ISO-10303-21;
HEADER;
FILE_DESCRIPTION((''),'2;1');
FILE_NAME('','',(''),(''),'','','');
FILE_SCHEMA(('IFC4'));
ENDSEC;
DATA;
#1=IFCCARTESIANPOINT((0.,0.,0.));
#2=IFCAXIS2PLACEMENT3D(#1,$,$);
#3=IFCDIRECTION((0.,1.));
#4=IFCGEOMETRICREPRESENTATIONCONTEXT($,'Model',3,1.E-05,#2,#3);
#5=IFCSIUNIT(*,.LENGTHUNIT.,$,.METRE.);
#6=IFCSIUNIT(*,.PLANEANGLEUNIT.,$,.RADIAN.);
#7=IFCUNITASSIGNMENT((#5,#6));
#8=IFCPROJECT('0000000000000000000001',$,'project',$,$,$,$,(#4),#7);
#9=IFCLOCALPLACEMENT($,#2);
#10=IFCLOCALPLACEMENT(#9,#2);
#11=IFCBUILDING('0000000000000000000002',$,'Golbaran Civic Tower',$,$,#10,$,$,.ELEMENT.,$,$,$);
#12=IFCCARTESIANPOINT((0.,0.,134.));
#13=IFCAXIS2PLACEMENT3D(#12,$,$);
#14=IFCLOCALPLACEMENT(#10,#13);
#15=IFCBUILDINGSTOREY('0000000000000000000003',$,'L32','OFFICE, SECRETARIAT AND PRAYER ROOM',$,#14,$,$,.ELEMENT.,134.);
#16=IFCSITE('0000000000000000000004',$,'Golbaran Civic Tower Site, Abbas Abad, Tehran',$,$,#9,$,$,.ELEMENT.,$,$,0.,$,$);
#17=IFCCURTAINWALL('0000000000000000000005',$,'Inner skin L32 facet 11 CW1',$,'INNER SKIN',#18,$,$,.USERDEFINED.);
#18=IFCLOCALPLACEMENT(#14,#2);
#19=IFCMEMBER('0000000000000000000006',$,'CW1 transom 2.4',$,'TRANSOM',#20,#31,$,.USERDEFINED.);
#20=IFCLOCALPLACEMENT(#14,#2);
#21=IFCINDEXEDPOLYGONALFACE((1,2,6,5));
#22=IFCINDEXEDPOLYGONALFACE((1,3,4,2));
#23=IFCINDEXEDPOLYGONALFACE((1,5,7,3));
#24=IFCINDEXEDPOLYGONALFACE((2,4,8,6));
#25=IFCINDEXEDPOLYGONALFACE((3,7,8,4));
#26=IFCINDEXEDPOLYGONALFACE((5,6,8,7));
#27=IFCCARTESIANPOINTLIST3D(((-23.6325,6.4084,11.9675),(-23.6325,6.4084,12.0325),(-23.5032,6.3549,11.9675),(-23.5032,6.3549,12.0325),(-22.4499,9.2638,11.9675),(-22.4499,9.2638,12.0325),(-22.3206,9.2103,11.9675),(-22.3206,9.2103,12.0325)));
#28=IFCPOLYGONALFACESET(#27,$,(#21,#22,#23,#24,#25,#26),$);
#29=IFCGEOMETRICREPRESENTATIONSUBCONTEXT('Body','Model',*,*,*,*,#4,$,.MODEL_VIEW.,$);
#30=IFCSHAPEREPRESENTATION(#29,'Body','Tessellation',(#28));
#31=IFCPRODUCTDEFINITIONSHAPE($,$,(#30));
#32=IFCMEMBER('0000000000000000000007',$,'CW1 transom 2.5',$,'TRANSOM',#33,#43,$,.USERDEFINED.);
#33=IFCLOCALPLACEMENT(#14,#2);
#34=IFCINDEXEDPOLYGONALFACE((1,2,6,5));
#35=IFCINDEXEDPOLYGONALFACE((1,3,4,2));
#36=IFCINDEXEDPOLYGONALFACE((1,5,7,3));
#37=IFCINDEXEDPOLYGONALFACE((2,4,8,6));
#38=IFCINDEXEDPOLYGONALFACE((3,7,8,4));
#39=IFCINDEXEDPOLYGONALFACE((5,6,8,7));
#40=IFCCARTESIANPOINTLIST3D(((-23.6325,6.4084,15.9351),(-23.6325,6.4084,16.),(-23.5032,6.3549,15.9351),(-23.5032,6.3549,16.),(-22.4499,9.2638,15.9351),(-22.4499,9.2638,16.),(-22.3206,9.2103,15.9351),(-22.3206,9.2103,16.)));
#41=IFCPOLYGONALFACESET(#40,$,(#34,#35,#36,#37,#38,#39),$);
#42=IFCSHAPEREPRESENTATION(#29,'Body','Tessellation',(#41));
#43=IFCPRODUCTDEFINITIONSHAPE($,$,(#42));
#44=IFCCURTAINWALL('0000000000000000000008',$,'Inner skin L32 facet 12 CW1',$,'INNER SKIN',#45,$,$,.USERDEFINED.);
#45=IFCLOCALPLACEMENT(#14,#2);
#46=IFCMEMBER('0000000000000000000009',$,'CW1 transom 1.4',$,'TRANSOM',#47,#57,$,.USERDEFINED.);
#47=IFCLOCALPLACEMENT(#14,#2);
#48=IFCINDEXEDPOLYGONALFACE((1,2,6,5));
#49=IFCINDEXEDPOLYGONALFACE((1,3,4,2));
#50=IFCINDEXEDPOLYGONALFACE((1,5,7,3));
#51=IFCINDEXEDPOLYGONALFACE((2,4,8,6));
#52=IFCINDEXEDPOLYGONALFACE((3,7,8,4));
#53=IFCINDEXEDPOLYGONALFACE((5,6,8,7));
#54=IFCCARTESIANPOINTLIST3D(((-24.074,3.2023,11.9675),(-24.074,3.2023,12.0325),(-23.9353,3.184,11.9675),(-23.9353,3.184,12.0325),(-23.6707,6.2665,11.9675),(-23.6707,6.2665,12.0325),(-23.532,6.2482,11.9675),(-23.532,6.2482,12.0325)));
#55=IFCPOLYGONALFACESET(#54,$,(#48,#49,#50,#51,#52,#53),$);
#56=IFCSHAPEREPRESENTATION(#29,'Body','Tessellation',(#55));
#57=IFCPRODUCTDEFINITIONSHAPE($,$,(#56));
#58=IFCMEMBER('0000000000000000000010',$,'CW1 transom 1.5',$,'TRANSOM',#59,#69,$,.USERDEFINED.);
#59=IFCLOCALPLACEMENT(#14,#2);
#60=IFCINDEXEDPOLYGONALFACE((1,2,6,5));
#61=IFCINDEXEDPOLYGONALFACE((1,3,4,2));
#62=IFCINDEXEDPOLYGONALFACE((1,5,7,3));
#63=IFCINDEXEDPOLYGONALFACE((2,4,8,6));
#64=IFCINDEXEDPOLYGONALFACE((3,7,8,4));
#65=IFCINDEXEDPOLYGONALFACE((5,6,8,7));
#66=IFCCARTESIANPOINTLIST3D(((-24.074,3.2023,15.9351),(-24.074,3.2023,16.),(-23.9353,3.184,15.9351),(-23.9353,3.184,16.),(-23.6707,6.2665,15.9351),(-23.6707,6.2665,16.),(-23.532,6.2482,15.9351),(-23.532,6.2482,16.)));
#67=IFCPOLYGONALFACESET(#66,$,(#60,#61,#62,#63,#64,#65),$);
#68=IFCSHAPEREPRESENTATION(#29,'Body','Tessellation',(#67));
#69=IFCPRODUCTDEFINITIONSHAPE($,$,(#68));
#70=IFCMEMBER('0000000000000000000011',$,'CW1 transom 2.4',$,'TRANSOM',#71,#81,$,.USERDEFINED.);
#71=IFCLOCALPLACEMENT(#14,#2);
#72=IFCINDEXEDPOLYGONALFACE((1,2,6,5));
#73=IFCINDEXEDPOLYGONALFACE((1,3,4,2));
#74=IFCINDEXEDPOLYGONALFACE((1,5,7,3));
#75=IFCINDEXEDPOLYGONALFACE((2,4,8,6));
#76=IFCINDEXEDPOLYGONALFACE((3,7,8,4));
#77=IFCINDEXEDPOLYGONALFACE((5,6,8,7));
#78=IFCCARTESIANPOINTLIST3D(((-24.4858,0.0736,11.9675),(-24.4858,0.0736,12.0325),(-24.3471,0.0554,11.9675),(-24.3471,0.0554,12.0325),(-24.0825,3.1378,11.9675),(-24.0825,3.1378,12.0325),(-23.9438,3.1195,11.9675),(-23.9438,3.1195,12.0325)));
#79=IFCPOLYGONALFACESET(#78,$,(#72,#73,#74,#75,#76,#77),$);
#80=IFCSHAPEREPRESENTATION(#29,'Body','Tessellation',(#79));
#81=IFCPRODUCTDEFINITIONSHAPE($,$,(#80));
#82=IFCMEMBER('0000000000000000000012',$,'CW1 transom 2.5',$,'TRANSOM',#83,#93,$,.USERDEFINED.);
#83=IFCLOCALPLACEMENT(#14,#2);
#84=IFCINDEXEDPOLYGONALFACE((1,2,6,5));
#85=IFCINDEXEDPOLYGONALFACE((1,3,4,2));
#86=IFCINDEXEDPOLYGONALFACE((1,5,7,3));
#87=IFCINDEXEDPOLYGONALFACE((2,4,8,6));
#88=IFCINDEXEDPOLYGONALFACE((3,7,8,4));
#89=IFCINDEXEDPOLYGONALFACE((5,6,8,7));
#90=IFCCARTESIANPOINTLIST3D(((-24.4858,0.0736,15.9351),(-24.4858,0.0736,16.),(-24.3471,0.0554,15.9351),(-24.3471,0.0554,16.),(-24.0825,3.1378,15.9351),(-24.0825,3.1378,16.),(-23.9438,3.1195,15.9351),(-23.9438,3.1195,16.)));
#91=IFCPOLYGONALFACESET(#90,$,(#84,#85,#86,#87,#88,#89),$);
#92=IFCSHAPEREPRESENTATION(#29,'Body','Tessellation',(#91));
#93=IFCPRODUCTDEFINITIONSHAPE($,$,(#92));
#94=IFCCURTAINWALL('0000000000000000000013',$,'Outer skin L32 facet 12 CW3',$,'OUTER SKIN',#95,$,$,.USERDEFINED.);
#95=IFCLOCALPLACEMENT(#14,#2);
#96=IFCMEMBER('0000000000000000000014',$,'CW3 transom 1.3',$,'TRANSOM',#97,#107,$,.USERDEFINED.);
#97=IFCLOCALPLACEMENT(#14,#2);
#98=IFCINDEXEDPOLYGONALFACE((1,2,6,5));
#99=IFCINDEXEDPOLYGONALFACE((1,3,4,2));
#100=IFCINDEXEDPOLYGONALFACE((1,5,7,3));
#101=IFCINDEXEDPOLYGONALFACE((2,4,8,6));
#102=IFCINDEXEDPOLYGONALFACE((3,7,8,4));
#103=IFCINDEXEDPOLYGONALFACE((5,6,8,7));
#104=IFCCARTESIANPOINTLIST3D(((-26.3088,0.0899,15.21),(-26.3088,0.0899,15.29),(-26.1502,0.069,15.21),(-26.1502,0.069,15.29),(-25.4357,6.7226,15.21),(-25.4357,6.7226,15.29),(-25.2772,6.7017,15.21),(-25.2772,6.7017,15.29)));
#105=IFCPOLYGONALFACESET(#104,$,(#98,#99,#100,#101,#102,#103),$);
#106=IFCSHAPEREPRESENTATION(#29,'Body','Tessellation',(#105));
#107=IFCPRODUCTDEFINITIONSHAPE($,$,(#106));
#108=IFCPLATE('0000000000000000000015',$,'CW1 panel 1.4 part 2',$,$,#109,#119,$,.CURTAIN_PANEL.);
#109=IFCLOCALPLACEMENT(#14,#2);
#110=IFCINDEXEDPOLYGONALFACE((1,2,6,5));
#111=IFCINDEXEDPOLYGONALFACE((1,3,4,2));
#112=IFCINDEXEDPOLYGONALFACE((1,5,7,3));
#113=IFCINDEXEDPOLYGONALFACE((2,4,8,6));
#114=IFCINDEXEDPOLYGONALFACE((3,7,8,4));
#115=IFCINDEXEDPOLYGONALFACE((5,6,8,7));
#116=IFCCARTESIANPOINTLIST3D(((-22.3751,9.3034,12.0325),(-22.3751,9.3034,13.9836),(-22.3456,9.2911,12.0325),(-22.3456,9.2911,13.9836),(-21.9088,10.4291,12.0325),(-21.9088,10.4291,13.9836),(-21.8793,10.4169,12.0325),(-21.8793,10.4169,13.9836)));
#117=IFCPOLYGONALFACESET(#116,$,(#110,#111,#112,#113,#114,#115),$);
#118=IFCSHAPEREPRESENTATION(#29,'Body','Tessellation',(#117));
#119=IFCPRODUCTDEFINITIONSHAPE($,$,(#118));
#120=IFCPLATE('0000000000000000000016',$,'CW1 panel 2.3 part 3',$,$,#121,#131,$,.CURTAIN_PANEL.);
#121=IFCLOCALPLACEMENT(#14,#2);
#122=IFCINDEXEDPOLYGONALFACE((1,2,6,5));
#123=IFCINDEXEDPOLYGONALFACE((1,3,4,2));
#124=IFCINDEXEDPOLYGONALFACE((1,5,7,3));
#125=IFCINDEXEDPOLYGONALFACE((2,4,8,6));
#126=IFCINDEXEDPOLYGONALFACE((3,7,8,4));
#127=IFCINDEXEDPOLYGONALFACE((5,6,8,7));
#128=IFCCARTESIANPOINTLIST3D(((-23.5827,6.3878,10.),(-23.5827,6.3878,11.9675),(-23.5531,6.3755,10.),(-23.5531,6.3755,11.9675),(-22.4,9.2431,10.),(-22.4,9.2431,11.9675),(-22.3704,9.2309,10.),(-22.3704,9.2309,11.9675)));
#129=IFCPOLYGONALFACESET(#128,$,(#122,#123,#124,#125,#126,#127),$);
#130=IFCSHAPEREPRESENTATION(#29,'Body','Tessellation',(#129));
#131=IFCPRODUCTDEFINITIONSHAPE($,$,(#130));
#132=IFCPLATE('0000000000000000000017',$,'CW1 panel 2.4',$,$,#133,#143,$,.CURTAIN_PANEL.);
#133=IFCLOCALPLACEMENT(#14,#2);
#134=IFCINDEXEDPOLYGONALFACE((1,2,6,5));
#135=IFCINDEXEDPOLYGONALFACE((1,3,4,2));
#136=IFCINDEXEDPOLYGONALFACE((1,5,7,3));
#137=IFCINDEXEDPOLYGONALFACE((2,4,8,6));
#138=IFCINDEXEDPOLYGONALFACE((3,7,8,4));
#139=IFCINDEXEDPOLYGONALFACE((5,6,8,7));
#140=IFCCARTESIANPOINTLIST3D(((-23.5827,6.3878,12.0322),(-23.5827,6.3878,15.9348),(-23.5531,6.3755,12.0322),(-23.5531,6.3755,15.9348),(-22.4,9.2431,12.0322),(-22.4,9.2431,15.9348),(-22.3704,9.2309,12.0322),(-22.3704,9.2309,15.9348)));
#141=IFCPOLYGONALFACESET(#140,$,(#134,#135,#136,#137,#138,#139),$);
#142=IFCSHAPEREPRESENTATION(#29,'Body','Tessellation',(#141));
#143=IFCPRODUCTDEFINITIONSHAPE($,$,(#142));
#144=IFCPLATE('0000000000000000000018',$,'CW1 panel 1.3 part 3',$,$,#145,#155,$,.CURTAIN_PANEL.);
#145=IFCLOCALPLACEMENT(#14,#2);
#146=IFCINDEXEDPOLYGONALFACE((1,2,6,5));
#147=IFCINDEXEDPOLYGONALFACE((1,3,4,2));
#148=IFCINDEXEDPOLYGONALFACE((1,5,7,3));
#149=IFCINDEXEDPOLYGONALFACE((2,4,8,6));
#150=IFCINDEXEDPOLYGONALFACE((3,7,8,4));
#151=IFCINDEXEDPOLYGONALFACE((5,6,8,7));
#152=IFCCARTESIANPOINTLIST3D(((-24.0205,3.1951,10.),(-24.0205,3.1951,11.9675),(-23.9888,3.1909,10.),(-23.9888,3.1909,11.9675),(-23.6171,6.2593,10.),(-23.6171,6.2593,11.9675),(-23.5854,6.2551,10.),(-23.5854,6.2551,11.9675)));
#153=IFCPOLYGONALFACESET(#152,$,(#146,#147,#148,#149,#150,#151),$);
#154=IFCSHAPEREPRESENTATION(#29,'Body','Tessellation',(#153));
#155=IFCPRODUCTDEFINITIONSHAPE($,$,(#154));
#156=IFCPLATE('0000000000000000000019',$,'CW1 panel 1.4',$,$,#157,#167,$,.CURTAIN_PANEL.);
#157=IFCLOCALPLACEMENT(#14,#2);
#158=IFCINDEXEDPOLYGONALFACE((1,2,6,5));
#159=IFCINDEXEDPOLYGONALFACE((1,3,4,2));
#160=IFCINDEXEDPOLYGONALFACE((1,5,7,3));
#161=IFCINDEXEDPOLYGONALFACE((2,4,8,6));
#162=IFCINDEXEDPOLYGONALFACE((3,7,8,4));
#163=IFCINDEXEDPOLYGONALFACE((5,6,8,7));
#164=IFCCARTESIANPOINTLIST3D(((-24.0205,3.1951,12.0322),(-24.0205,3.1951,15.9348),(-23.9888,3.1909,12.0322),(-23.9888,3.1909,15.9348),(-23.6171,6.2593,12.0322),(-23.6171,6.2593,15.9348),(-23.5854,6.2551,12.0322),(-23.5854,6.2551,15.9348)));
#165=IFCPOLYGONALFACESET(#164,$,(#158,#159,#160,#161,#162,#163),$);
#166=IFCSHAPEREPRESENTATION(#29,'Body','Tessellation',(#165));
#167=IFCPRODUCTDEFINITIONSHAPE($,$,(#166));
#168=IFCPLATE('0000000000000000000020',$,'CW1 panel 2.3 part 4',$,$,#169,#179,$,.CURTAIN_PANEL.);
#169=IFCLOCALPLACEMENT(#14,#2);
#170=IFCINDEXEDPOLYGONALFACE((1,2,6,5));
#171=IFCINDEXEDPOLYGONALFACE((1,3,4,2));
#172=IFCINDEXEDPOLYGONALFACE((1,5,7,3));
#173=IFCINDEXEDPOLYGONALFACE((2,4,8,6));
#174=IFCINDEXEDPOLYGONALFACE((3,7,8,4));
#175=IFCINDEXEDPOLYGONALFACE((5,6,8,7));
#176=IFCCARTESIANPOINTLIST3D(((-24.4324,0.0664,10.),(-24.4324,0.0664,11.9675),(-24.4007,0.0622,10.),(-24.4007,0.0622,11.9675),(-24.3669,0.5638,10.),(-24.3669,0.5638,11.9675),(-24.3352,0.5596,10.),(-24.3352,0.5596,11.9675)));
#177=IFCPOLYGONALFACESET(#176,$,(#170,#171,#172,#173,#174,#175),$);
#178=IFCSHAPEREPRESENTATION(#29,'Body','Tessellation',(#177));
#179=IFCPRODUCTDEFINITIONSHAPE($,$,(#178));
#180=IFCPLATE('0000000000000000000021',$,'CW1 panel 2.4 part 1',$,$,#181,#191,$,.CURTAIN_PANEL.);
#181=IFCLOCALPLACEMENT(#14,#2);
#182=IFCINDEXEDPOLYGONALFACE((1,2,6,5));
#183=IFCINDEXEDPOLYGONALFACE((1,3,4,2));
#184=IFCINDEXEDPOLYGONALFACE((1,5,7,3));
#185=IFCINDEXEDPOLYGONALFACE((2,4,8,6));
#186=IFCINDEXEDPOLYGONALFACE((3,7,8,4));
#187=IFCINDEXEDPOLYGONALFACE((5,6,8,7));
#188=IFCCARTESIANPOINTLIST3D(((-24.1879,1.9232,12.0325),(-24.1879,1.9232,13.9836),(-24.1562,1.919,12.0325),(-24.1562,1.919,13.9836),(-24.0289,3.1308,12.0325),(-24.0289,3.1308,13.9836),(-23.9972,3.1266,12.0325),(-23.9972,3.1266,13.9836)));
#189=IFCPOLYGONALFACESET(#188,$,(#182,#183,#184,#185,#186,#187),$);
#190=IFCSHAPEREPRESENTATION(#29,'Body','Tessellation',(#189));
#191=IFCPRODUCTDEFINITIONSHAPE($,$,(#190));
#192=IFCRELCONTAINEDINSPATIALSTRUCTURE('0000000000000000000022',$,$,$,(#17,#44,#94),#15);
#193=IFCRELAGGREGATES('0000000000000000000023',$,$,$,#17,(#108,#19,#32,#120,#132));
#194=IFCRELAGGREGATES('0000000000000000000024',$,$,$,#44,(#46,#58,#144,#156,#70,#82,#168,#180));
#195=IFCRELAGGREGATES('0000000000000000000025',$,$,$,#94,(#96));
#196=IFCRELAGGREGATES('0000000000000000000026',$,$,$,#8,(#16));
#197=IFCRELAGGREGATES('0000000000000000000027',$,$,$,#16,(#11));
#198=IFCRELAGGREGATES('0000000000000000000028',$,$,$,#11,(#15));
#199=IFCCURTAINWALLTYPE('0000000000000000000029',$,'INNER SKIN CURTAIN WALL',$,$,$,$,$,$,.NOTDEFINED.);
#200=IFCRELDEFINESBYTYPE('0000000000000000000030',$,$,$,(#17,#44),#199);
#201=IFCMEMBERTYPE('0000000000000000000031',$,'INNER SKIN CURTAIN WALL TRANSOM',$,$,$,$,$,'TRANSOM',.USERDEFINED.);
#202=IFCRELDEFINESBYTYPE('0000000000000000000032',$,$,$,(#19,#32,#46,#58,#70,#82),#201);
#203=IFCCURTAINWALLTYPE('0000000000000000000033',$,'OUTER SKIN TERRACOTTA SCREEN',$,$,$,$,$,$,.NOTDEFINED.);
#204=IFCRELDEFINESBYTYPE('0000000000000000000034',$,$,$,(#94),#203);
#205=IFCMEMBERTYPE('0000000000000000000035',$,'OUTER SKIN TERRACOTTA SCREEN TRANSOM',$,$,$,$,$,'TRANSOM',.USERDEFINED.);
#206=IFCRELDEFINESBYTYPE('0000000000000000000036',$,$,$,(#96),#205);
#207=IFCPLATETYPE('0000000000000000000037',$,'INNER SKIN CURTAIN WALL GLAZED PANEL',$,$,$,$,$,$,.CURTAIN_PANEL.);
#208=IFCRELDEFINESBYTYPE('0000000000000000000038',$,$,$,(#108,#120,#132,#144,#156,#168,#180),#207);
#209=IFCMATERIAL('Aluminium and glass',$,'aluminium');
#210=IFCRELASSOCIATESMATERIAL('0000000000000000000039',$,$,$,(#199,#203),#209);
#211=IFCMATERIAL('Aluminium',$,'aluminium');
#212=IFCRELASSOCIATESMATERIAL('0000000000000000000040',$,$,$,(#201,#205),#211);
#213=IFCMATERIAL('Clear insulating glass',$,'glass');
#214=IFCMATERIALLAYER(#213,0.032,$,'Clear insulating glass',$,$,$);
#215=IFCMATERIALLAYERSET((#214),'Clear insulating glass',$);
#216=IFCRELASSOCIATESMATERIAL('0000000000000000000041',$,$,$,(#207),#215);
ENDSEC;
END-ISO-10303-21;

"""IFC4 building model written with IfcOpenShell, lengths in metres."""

from ifc_helpers import new_model, si_unit, direction, frame, origin, origin_2d, place, context, subcontext, project, spatial, rectangle, extrude, material, layer, layer_set, material_profile, profile_set, type_object, element, aggregate, save


model = new_model("IFC4")

# Units and contexts
model_context = context("Model", 3, precision=1e-05, world=origin(), true_north=direction((0.0, 1.0)))
body_context = subcontext(model_context, "Body", "Model", "MODEL_VIEW")
ifc_project = project(units=[si_unit("LENGTHUNIT", "METRE"), si_unit("PLANEANGLEUNIT", "RADIAN")], contexts=[model_context])

# Site, building, storey
site_placement = place(None, origin())
site = spatial("IfcSite", under=ifc_project, at=site_placement, Name="Golbaran Civic Tower Site, Abbas Abad, Tehran", CompositionType="ELEMENT", RefElevation=0.0)
building_placement = place(site_placement, origin())
building = spatial("IfcBuilding", under=site, at=building_placement, Name="Golbaran Civic Tower", CompositionType="ELEMENT")
storey_placement = place(building_placement, frame((0.0, 0.0, 134.0)))
storey = spatial("IfcBuildingStorey", under=building, at=storey_placement, Name="L32", Description="OFFICE, SECRETARIAT AND PRAYER ROOM", CompositionType="ELEMENT", Elevation=134.0)

# Curtain walls, members
ifc_material_1 = material(Name="Aluminium and glass", Category="aluminium")
curtain_wall_type_1 = type_object("IfcCurtainWallType", Name="INNER SKIN CURTAIN WALL", PredefinedType="NOTDEFINED", material=ifc_material_1)
curtain_wall_1_placement = place(storey_placement, origin())
curtain_wall_1 = element("IfcCurtainWall", 1, at=curtain_wall_1_placement, inside=storey, type_object=curtain_wall_type_1, Name="Inner skin L32 facet 11 CW1", ObjectType="INNER SKIN", PredefinedType="USERDEFINED")
ifc_material_2 = material(Name="Aluminium", Category="aluminium")
ifc_material_profile_1 = material_profile(ifc_material_2, rectangle(XDim=0.1399, YDim=0.0649, at=origin_2d()), Name="INNER SKIN CURTAIN WALL TRANSOM")
ifc_profile_set_1 = profile_set([ifc_material_profile_1], Name="Aluminium")
member_type_1 = type_object("IfcMemberType", Name="INNER SKIN CURTAIN WALL TRANSOM", ElementType="TRANSOM", PredefinedType="USERDEFINED", material=ifc_profile_set_1)
member_1_placement = place(storey_placement, frame((-22.3853, 9.2371, 12.0), z_axis=(-0.38264, -0.923897, 0.0), x_axis=(0.923897, -0.38264, 0.0)))
member_1 = element("IfcMember", 2, at=member_1_placement, type_object=member_type_1, Name="CW1 transom 2.4", ObjectType="TRANSOM", PredefinedType="USERDEFINED", context=body_context, shape_type="SweptSolid", body=[
    extrude(rectangle(XDim=0.1399, YDim=0.0649, at=origin_2d()), origin(), (0.0, 0.0, 1.0), 3.0906),
])
member_2_placement = place(storey_placement, frame((-22.3853, 9.2371, 15.9675), z_axis=(-0.38264, -0.923897, 0.0), x_axis=(0.923897, -0.38264, 0.0)))
member_2 = element("IfcMember", 3, at=member_2_placement, type_object=member_type_1, Name="CW1 transom 2.5", ObjectType="TRANSOM", PredefinedType="USERDEFINED", context=body_context, shape_type="SweptSolid", body=[
    extrude(rectangle(XDim=0.1399, YDim=0.0649, at=origin_2d()), origin(), (0.0, 0.0, 1.0), 3.0906),
])
curtain_wall_2_placement = place(storey_placement, origin())
curtain_wall_2 = element("IfcCurtainWall", 4, at=curtain_wall_2_placement, inside=storey, type_object=curtain_wall_type_1, Name="Inner skin L32 facet 12 CW1", ObjectType="INNER SKIN", PredefinedType="USERDEFINED")
member_3_placement = place(storey_placement, frame((-23.6013, 6.2573, 12.0), z_axis=(-0.130497, -0.991449, 0.0), x_axis=(0.991449, -0.130497, 0.0)))
member_3 = element("IfcMember", 5, at=member_3_placement, type_object=member_type_1, Name="CW1 transom 1.4", ObjectType="TRANSOM", PredefinedType="USERDEFINED", context=body_context, shape_type="SweptSolid", body=[
    extrude(rectangle(XDim=0.1399, YDim=0.0649, at=origin_2d()), origin(), (0.0, 0.0, 1.0), 3.0906),
])
member_4_placement = place(storey_placement, frame((-23.6013, 6.2573, 15.9675), z_axis=(-0.130497, -0.991449, 0.0), x_axis=(0.991449, -0.130497, 0.0)))
member_4 = element("IfcMember", 6, at=member_4_placement, type_object=member_type_1, Name="CW1 transom 1.5", ObjectType="TRANSOM", PredefinedType="USERDEFINED", context=body_context, shape_type="SweptSolid", body=[
    extrude(rectangle(XDim=0.1399, YDim=0.0649, at=origin_2d()), origin(), (0.0, 0.0, 1.0), 3.0906),
])
member_5_placement = place(storey_placement, frame((-24.0132, 3.1287, 12.0), z_axis=(-0.130497, -0.991449, 0.0), x_axis=(0.991449, -0.130497, 0.0)))
member_5 = element("IfcMember", 7, at=member_5_placement, type_object=member_type_1, Name="CW1 transom 2.4", ObjectType="TRANSOM", PredefinedType="USERDEFINED", context=body_context, shape_type="SweptSolid", body=[
    extrude(rectangle(XDim=0.1399, YDim=0.0649, at=origin_2d()), origin(), (0.0, 0.0, 1.0), 3.0906),
])
member_6_placement = place(storey_placement, frame((-24.0132, 3.1287, 15.9675), z_axis=(-0.130497, -0.991449, 0.0), x_axis=(0.991449, -0.130497, 0.0)))
member_6 = element("IfcMember", 8, at=member_6_placement, type_object=member_type_1, Name="CW1 transom 2.5", ObjectType="TRANSOM", PredefinedType="USERDEFINED", context=body_context, shape_type="SweptSolid", body=[
    extrude(rectangle(XDim=0.1399, YDim=0.0649, at=origin_2d()), origin(), (0.0, 0.0, 1.0), 3.0906),
])

# Curtain wall, member
curtain_wall_type_2 = type_object("IfcCurtainWallType", Name="OUTER SKIN TERRACOTTA SCREEN", PredefinedType="NOTDEFINED", material=ifc_material_1)
curtain_wall_3_placement = place(storey_placement, origin())
curtain_wall_3 = element("IfcCurtainWall", 9, at=curtain_wall_3_placement, inside=storey, type_object=curtain_wall_type_2, Name="Outer skin L32 facet 12 CW3", ObjectType="OUTER SKIN", PredefinedType="USERDEFINED")
ifc_material_profile_2 = material_profile(ifc_material_2, rectangle(XDim=0.1599, YDim=0.0801, at=origin_2d()), Name="OUTER SKIN TERRACOTTA SCREEN TRANSOM")
ifc_profile_set_2 = profile_set([ifc_material_profile_2], Name="Aluminium")
member_type_2 = type_object("IfcMemberType", Name="OUTER SKIN TERRACOTTA SCREEN TRANSOM", ElementType="TRANSOM", PredefinedType="USERDEFINED", material=ifc_profile_set_2)
member_7_placement = place(storey_placement, frame((-25.3564, 6.7122, 15.25), z_axis=(-0.1305, -0.991448, 0.0), x_axis=(0.991448, -0.1305, 0.0)))
member_7 = element("IfcMember", 10, at=member_7_placement, type_object=member_type_2, Name="CW3 transom 1.3", ObjectType="TRANSOM", PredefinedType="USERDEFINED", context=body_context, shape_type="SweptSolid", body=[
    extrude(rectangle(XDim=0.1599, YDim=0.0801, at=origin_2d()), origin(), (0.0, 0.0, 1.0), 6.6899),
])

# Plates
ifc_material_3 = material(Name="Clear insulating glass", Category="glass")
ifc_layer_1 = layer(ifc_material_3, 0.032, Name="Clear insulating glass")
ifc_layer_set_1 = layer_set([ifc_layer_1], Name="Clear insulating glass")
plate_type_1 = type_object("IfcPlateType", Name="INNER SKIN CURTAIN WALL GLAZED PANEL", PredefinedType="CURTAIN_PANEL", material=ifc_layer_set_1)
plate_1_placement = place(storey_placement, frame((-22.1272, 9.8601, 12.0325), z_axis=(0.0, 0.0, 1.0), x_axis=(-0.382683, -0.92388, 0.0)))
plate_1 = element("IfcPlate", 11, at=plate_1_placement, type_object=plate_type_1, Name="CW1 panel 1.4 part 2", PredefinedType="CURTAIN_PANEL", context=body_context, shape_type="SweptSolid", body=[
    extrude(rectangle(XDim=1.2185, YDim=0.032, at=origin_2d()), origin(), (0.0, 0.0, 1.0), 1.9512),
])
plate_2_placement = place(storey_placement, frame((-22.9766, 7.8093, 10.0), z_axis=(0.0, 0.0, 1.0), x_axis=(-0.382683, -0.92388, 0.0)))
plate_2 = element("IfcPlate", 12, at=plate_2_placement, type_object=plate_type_1, Name="CW1 panel 2.3 part 3", PredefinedType="CURTAIN_PANEL", context=body_context, shape_type="SweptSolid", body=[
    extrude(rectangle(XDim=3.0906, YDim=0.032, at=origin_2d()), origin(), (0.0, 0.0, 1.0), 1.9675),
])
plate_3_placement = place(storey_placement, frame((-22.9766, 7.8093, 12.0322), z_axis=(0.0, 0.0, 1.0), x_axis=(-0.382683, -0.92388, 0.0)))
plate_3 = element("IfcPlate", 13, at=plate_3_placement, type_object=plate_type_1, Name="CW1 panel 2.4", PredefinedType="CURTAIN_PANEL", context=body_context, shape_type="SweptSolid", body=[
    extrude(rectangle(XDim=3.0906, YDim=0.032, at=origin_2d()), origin(), (0.0, 0.0, 1.0), 3.9026),
])
plate_4_placement = place(storey_placement, frame((-23.803, 4.7251, 10.0), z_axis=(0.0, 0.0, 1.0), x_axis=(-0.130526, -0.991445, 0.0)))
plate_4 = element("IfcPlate", 14, at=plate_4_placement, type_object=plate_type_1, Name="CW1 panel 1.3 part 3", PredefinedType="CURTAIN_PANEL", context=body_context, shape_type="SweptSolid", body=[
    extrude(rectangle(XDim=3.0906, YDim=0.032, at=origin_2d()), origin(), (0.0, 0.0, 1.0), 1.9675),
])
plate_5_placement = place(storey_placement, frame((-23.803, 4.7251, 12.0322), z_axis=(0.0, 0.0, 1.0), x_axis=(-0.130526, -0.991445, 0.0)))
plate_5 = element("IfcPlate", 15, at=plate_5_placement, type_object=plate_type_1, Name="CW1 panel 1.4", PredefinedType="CURTAIN_PANEL", context=body_context, shape_type="SweptSolid", body=[
    extrude(rectangle(XDim=3.0906, YDim=0.032, at=origin_2d()), origin(), (0.0, 0.0, 1.0), 3.9026),
])
plate_6_placement = place(storey_placement, frame((-24.3838, 0.313, 10.0), z_axis=(0.0, 0.0, 1.0), x_axis=(-0.130526, -0.991445, 0.0)))
plate_6 = element("IfcPlate", 16, at=plate_6_placement, type_object=plate_type_1, Name="CW1 panel 2.3 part 4", PredefinedType="CURTAIN_PANEL", context=body_context, shape_type="SweptSolid", body=[
    extrude(rectangle(XDim=0.5017, YDim=0.032, at=origin_2d()), origin(), (0.0, 0.0, 1.0), 1.9675),
])
plate_7_placement = place(storey_placement, frame((-24.0925, 2.5249, 12.0325), z_axis=(0.0, 0.0, 1.0), x_axis=(-0.130526, -0.991445, 0.0)))
plate_7 = element("IfcPlate", 17, at=plate_7_placement, type_object=plate_type_1, Name="CW1 panel 2.4 part 1", PredefinedType="CURTAIN_PANEL", context=body_context, shape_type="SweptSolid", body=[
    extrude(rectangle(XDim=1.218, YDim=0.032, at=origin_2d()), origin(), (0.0, 0.0, 1.0), 1.9512),
])
aggregate(curtain_wall_1, [plate_1, member_1, member_2, plate_2, plate_3])
aggregate(curtain_wall_2, [member_3, member_4, plate_4, plate_5, member_5, member_6, plate_6, plate_7])
aggregate(curtain_wall_3, [member_7])

save(model, "model.ifc")
